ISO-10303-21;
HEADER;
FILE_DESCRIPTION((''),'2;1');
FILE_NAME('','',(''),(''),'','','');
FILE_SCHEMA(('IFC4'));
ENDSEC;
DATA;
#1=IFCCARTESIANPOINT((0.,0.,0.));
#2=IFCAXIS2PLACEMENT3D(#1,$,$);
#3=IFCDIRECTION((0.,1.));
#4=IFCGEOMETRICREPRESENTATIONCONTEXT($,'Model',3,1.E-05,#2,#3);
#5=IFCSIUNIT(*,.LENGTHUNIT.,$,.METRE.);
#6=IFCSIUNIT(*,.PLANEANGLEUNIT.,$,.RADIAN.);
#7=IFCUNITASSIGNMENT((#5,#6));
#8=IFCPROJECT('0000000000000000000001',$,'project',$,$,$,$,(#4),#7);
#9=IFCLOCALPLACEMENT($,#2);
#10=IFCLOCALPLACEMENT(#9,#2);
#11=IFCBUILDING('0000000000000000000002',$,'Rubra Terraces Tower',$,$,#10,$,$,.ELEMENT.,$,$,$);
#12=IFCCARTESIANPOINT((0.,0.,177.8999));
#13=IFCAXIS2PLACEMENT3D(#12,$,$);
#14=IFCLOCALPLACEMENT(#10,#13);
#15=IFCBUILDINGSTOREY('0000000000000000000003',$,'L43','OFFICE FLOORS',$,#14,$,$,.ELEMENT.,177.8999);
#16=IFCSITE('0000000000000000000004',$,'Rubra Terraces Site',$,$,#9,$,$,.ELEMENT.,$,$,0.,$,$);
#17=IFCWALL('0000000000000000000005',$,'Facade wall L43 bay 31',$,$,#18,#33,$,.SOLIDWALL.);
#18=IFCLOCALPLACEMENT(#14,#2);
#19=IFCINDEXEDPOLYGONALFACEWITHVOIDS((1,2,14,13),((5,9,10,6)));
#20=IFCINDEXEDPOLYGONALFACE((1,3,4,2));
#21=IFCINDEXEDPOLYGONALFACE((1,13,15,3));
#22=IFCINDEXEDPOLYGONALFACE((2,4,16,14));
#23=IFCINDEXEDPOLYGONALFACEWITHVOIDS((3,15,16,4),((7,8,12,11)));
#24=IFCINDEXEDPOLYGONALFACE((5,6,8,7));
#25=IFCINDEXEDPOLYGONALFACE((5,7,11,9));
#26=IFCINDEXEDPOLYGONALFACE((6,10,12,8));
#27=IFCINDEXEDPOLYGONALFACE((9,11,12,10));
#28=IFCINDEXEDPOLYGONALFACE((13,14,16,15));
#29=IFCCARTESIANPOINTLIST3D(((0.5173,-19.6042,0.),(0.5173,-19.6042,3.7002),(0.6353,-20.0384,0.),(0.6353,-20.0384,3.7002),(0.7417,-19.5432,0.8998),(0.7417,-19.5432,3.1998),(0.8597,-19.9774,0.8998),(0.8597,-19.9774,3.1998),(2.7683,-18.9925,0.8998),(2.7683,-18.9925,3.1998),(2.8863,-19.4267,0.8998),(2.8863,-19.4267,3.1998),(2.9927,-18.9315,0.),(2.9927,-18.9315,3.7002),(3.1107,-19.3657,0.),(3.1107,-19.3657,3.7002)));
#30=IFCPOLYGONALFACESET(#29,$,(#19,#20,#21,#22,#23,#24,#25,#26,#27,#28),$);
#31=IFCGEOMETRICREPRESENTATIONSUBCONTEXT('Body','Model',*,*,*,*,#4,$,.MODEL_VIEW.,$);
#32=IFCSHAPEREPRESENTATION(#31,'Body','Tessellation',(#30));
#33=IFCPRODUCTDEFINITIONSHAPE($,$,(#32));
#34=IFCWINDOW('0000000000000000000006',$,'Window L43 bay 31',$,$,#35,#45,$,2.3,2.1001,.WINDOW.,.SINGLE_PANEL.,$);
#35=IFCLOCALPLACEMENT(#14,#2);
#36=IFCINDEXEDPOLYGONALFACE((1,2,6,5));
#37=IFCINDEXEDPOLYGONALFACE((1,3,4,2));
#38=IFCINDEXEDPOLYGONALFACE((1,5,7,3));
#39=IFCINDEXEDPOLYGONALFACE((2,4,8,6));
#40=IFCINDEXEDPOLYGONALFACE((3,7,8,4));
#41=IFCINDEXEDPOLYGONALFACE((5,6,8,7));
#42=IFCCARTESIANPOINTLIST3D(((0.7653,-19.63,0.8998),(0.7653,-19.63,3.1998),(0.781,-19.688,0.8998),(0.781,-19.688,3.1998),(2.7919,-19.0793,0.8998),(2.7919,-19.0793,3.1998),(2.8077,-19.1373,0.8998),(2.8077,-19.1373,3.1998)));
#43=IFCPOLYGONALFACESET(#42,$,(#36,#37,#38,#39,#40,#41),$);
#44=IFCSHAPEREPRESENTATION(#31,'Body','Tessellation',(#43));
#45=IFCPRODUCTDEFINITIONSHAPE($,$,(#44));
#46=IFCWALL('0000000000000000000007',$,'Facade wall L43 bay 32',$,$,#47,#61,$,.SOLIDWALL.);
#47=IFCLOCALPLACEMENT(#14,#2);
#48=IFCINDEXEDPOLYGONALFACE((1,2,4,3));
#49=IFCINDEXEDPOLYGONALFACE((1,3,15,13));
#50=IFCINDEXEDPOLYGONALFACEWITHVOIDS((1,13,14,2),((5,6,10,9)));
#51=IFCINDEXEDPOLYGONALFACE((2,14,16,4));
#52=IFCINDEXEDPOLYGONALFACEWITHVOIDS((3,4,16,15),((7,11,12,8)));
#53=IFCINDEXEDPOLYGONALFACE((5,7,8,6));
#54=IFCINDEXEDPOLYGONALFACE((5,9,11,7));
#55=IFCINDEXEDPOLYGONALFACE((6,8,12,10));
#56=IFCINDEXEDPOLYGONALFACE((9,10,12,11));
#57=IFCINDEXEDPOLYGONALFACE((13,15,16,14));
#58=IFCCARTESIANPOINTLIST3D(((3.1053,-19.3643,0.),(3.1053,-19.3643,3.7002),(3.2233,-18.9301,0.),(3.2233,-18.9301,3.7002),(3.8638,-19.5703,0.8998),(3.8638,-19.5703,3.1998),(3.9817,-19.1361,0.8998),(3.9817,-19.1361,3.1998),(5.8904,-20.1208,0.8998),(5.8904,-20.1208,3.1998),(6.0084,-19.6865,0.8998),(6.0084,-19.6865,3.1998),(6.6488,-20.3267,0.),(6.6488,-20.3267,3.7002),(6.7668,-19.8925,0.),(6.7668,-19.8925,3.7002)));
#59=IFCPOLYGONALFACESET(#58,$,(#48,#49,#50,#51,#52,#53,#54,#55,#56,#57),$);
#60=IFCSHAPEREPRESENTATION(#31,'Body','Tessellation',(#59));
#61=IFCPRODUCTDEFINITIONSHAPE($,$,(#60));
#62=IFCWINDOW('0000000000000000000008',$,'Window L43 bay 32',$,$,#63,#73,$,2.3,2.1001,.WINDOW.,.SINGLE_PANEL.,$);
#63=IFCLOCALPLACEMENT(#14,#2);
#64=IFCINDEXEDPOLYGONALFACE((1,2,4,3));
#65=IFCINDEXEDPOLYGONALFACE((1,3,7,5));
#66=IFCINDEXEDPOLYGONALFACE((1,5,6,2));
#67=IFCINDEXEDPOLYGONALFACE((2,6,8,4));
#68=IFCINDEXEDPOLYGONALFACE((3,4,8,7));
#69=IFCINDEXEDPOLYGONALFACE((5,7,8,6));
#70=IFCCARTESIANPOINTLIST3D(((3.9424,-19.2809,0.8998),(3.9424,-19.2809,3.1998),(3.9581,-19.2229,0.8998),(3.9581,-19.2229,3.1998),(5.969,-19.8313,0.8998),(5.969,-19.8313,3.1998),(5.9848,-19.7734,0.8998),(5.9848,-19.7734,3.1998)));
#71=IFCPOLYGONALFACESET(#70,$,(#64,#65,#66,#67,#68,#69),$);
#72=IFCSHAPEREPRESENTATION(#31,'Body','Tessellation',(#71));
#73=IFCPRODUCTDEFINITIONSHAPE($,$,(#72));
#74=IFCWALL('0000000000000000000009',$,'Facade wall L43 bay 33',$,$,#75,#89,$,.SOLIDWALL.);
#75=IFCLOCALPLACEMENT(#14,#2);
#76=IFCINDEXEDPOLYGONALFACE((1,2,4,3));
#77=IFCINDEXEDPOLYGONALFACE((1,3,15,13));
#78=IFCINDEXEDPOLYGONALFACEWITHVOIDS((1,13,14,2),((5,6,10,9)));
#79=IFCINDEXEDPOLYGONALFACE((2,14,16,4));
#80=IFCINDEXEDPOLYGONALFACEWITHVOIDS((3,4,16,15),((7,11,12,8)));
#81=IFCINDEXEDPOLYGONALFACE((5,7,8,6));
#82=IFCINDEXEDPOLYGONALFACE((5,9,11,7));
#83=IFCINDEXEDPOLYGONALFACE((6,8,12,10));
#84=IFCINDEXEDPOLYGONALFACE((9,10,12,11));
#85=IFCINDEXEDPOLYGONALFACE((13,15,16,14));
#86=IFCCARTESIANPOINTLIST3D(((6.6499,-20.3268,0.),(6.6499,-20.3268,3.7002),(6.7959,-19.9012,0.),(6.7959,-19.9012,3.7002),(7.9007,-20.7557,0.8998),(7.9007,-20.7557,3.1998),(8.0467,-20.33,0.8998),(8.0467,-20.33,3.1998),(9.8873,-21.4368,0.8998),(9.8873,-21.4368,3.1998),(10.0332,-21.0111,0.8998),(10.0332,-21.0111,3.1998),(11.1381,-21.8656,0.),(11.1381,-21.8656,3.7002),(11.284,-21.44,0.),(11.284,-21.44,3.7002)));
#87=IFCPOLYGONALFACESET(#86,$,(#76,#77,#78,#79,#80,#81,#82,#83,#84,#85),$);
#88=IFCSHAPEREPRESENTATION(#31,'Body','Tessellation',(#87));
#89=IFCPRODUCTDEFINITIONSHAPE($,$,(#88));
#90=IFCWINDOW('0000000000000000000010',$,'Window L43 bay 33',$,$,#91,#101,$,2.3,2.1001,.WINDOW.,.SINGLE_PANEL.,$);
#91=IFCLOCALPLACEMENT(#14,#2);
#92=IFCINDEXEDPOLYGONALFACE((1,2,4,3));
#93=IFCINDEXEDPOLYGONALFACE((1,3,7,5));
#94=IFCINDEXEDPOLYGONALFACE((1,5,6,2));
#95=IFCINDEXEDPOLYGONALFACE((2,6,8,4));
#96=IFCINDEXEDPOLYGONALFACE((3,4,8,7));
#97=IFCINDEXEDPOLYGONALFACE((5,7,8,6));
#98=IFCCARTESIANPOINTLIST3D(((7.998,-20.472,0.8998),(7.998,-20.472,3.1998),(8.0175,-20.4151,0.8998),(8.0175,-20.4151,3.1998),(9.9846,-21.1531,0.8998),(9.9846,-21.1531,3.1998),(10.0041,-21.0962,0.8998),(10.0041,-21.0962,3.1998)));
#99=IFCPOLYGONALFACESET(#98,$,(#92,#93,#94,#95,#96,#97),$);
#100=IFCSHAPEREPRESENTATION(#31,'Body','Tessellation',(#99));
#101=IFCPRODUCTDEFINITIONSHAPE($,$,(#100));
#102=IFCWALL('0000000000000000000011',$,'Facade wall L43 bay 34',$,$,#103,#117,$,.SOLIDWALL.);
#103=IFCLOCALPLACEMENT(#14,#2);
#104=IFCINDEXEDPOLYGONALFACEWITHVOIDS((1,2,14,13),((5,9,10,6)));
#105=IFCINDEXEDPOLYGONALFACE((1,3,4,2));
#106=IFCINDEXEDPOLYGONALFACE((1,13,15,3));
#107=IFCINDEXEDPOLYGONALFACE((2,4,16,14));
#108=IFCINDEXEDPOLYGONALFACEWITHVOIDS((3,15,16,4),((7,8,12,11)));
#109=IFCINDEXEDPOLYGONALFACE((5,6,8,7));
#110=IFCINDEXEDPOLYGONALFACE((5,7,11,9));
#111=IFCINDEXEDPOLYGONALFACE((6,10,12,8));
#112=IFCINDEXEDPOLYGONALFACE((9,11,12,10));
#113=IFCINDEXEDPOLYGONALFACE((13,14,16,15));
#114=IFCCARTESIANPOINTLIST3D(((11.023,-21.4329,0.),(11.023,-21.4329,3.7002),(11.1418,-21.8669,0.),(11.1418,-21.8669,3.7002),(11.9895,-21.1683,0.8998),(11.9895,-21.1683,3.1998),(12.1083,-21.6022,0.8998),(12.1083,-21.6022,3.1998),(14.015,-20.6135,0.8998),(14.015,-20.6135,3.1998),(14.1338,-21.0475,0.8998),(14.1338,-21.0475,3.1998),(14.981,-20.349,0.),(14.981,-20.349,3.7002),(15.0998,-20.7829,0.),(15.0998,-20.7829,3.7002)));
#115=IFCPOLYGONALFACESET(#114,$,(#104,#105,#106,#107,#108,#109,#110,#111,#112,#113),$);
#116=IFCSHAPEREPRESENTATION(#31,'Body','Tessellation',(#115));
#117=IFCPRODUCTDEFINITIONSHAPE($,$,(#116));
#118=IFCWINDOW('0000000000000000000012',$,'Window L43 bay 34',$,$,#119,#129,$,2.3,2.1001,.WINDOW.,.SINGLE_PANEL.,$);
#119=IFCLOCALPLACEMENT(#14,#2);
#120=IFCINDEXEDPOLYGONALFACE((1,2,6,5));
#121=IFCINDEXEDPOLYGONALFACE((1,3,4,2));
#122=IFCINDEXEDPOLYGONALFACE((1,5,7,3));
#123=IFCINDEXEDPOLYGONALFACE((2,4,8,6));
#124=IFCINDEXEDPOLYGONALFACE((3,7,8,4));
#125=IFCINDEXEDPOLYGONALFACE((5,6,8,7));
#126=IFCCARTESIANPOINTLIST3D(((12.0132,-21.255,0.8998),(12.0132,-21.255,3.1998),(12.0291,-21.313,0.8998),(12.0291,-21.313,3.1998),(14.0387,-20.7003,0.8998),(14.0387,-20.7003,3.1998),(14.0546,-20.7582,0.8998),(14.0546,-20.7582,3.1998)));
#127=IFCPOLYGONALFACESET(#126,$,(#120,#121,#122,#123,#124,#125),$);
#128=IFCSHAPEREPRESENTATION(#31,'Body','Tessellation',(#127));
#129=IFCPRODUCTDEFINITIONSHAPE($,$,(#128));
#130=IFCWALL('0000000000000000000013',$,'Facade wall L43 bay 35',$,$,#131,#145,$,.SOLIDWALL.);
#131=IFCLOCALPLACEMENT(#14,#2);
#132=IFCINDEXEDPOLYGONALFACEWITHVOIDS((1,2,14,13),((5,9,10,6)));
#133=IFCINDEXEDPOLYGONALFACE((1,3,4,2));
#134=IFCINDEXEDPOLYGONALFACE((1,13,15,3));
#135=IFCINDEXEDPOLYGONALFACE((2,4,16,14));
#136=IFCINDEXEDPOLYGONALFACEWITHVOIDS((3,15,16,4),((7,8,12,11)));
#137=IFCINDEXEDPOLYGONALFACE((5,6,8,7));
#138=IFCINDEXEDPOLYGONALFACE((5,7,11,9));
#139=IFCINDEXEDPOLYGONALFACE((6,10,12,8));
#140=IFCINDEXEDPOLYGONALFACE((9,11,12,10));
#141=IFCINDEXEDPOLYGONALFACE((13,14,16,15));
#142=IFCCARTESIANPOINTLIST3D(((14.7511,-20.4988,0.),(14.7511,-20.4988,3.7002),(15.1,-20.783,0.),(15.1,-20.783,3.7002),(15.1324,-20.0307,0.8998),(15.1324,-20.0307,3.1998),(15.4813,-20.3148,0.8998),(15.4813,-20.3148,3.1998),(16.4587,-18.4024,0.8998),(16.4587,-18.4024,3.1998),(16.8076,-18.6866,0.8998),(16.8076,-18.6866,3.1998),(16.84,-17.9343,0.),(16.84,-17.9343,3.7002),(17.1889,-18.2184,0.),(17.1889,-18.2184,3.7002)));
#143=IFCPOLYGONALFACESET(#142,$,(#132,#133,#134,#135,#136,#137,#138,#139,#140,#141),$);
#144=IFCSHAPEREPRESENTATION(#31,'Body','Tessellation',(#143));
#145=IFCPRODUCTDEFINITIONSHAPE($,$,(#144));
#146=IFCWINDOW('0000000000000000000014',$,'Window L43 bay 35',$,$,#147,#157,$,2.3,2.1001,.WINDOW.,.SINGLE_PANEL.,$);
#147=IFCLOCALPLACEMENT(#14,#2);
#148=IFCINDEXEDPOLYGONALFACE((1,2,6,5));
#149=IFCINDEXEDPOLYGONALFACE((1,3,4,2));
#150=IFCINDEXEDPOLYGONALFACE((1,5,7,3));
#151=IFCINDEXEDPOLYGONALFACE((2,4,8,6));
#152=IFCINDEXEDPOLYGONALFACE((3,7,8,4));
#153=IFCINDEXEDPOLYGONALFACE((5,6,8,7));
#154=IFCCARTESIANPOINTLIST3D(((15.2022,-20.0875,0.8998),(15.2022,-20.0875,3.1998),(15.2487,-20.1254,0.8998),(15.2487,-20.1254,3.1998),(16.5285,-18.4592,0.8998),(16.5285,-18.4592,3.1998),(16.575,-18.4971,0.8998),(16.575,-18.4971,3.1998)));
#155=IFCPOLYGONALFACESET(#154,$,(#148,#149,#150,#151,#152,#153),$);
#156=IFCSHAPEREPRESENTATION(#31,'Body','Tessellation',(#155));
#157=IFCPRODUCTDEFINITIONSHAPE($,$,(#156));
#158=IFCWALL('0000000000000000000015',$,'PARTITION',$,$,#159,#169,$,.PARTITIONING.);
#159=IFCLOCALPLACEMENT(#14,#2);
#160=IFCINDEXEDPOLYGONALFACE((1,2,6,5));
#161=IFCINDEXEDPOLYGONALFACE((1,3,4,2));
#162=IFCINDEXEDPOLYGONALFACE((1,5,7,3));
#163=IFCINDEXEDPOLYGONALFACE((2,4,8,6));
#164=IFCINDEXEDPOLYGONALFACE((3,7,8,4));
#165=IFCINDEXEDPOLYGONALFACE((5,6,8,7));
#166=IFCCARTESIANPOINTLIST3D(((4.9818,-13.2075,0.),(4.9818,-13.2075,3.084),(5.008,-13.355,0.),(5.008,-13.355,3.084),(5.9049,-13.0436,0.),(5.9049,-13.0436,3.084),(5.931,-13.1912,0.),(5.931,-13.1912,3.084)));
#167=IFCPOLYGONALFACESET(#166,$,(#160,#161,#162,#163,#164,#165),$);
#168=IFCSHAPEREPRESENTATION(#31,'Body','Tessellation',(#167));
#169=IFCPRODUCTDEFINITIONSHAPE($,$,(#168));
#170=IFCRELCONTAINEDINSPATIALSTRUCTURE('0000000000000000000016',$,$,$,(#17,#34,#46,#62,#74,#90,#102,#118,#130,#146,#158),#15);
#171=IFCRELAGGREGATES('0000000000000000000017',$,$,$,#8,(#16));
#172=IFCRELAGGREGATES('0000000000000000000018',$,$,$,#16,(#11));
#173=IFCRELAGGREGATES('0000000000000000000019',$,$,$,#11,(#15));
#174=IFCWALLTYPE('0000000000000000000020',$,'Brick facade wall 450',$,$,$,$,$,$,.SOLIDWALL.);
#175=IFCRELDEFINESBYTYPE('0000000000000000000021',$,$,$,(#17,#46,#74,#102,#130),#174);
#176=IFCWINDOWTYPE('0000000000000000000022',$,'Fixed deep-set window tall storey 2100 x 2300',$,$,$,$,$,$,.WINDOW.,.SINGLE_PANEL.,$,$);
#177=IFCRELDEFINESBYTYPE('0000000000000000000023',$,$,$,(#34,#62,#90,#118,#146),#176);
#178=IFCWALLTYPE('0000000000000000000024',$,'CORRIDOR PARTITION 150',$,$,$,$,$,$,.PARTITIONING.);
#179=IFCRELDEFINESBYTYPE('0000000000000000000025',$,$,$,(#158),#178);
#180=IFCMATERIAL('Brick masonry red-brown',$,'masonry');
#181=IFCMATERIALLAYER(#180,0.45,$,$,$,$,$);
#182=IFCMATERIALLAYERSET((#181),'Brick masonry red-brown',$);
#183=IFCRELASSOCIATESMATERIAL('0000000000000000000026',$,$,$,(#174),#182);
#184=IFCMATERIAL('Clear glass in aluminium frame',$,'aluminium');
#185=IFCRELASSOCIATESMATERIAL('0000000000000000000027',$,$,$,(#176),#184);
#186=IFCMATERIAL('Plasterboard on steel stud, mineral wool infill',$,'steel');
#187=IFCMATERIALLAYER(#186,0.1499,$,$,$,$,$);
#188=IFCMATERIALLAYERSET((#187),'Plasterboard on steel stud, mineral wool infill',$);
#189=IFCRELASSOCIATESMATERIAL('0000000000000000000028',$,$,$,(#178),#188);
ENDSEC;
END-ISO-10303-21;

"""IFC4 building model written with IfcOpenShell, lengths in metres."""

from ifc_helpers import new_model, si_unit, direction, frame, frame_2d, origin, place, context, subcontext, project, spatial, rectangle, extrude, material, layer, layer_set, type_object, element, fill, save


model = new_model("IFC4")

# Units and contexts
model_context = context("Model", 3, precision=1e-05, world=origin(), true_north=direction((0.0, 1.0)))
body_context = subcontext(model_context, "Body", "Model", "MODEL_VIEW")
ifc_project = project(units=[si_unit("LENGTHUNIT", "METRE"), si_unit("PLANEANGLEUNIT", "RADIAN")], contexts=[model_context])

# Site, building, storey
site_placement = place(None, origin())
site = spatial("IfcSite", under=ifc_project, at=site_placement, Name="Rubra Terraces Site", CompositionType="ELEMENT", RefElevation=0.0)
building_placement = place(site_placement, origin())
building = spatial("IfcBuilding", under=site, at=building_placement, Name="Rubra Terraces Tower", CompositionType="ELEMENT")
storey_placement = place(building_placement, frame((0.0, 0.0, 177.8999)))
storey = spatial("IfcBuildingStorey", under=building, at=storey_placement, Name="L43", Description="OFFICE FLOORS", CompositionType="ELEMENT", Elevation=177.8999)

# Walls, openings, windows
ifc_material_1 = material(Name="Brick masonry red-brown", Category="masonry")
ifc_layer_1 = layer(ifc_material_1, 0.45)
ifc_layer_set_1 = layer_set([ifc_layer_1], Name="Brick masonry red-brown")
wall_type_1 = type_object("IfcWallType", Name="Brick facade wall 450", PredefinedType="SOLIDWALL", material=ifc_layer_set_1)
wall_1_placement = place(storey_placement, frame((0.5762, -19.8213, 0.0), z_axis=(0.0, 0.0, 1.0), x_axis=(0.965009, 0.262215, 0.0)))
wall_1 = element("IfcWall", 1, at=wall_1_placement, inside=storey, type_object=wall_type_1, Name="Facade wall L43 bay 31", PredefinedType="SOLIDWALL", context=body_context, shape_type="SweptSolid", body=[
    extrude(rectangle(XDim=2.5652, YDim=0.45, at=frame_2d((1.2827, 0.0))), origin(), (0.0, 0.0, 1.0), 3.7002),
])
opening_1_placement = place(wall_1_placement, frame((0.2327, 0.0, 0.8999)))
opening_1 = element("IfcOpeningElement", 2, at=opening_1_placement, cuts=wall_1, PredefinedType="OPENING", context=body_context, shape_type="SweptSolid", body=[
    extrude(rectangle(XDim=2.1001, YDim=2.3, at=frame_2d((1.05, 1.1499))), frame((0.0, 0.2349, 0.0), z_axis=(0.0, -1.0, 0.0), x_axis=(1.0, 0.0, 0.0)), (0.0, 0.0, 1.0), 0.47),
])
ifc_material_2 = material(Name="Clear glass in aluminium frame", Category="aluminium")
window_type = type_object("IfcWindowType", Name="Fixed deep-set window tall storey 2100 x 2300", PartitioningType="SINGLE_PANEL", PredefinedType="WINDOW", material=ifc_material_2)
window_1_placement = place(opening_1_placement, origin())
window_1 = element("IfcWindow", 3, at=window_1_placement, inside=storey, type_object=window_type, Name="Window L43 bay 31", OverallHeight=2.3, OverallWidth=2.1001, PartitioningType="SINGLE_PANEL", PredefinedType="WINDOW", context=body_context, shape_type="SweptSolid", body=[
    extrude(rectangle(XDim=2.1001, YDim=2.3, at=frame_2d((1.05, 1.1499))), frame((0.0, 0.135, 0.0), z_axis=(0.0, -1.0, 0.0), x_axis=(1.0, 0.0, 0.0)), (0.0, 0.0, 1.0), 0.0601),
])
fill(opening_1, window_1)
wall_2_placement = place(storey_placement, frame((3.1643, -19.1472, 0.0), z_axis=(0.0, 0.0, 1.0), x_axis=(0.965039, -0.262105, 0.0)))
wall_2 = element("IfcWall", 4, at=wall_2_placement, inside=storey, type_object=wall_type_1, Name="Facade wall L43 bay 32", PredefinedType="SOLIDWALL", context=body_context, shape_type="SweptSolid", body=[
    extrude(rectangle(XDim=3.6719, YDim=0.45, at=frame_2d((1.8359, 0.0))), origin(), (0.0, 0.0, 1.0), 3.7002),
])
opening_2_placement = place(wall_2_placement, frame((0.7859, 0.0, 0.8999)))
opening_2 = element("IfcOpeningElement", 5, at=opening_2_placement, cuts=wall_2, PredefinedType="OPENING", context=body_context, shape_type="SweptSolid", body=[
    extrude(rectangle(XDim=2.1001, YDim=2.3, at=frame_2d((1.05, 1.1499))), frame((0.0, 0.2349, 0.0), z_axis=(0.0, -1.0, 0.0), x_axis=(1.0, 0.0, 0.0)), (0.0, 0.0, 1.0), 0.47),
])
window_2_placement = place(opening_2_placement, origin())
window_2 = element("IfcWindow", 6, at=window_2_placement, inside=storey, type_object=window_type, Name="Window L43 bay 32", OverallHeight=2.3, OverallWidth=2.1001, PartitioningType="SINGLE_PANEL", PredefinedType="WINDOW", context=body_context, shape_type="SweptSolid", body=[
    extrude(rectangle(XDim=2.1001, YDim=2.3, at=frame_2d((1.05, 1.1499))), frame((0.0, 0.135, 0.0), z_axis=(0.0, -1.0, 0.0), x_axis=(1.0, 0.0, 0.0)), (0.0, 0.0, 1.0), 0.0601),
])
fill(opening_2, window_2)
wall_3_placement = place(storey_placement, frame((6.7229, -20.114, 0.0), z_axis=(0.0, 0.0, 1.0), x_axis=(0.945947, -0.32432, 0.0)))
wall_3 = element("IfcWall", 7, at=wall_3_placement, inside=storey, type_object=wall_type_1, Name="Facade wall L43 bay 33", PredefinedType="SOLIDWALL", context=body_context, shape_type="SweptSolid", body=[
    extrude(rectangle(XDim=4.7446, YDim=0.45, at=frame_2d((2.3723, 0.0))), origin(), (0.0, 0.0, 1.0), 3.7002),
])
opening_3_placement = place(wall_3_placement, frame((1.3223, 0.0, 0.8999)))
opening_3 = element("IfcOpeningElement", 8, at=opening_3_placement, cuts=wall_3, PredefinedType="OPENING", context=body_context, shape_type="SweptSolid", body=[
    extrude(rectangle(XDim=2.1001, YDim=2.3, at=frame_2d((1.05, 1.1499))), frame((0.0, 0.2349, 0.0), z_axis=(0.0, -1.0, 0.0), x_axis=(1.0, 0.0, 0.0)), (0.0, 0.0, 1.0), 0.47),
])
window_3_placement = place(opening_3_placement, origin())
window_3 = element("IfcWindow", 9, at=window_3_placement, inside=storey, type_object=window_type, Name="Window L43 bay 33", OverallHeight=2.3, OverallWidth=2.1001, PartitioningType="SINGLE_PANEL", PredefinedType="WINDOW", context=body_context, shape_type="SweptSolid", body=[
    extrude(rectangle(XDim=2.1001, YDim=2.3, at=frame_2d((1.05, 1.1499))), frame((0.0, 0.135, 0.0), z_axis=(0.0, -1.0, 0.0), x_axis=(1.0, 0.0, 0.0)), (0.0, 0.0, 1.0), 0.0601),
])
fill(opening_3, window_3)
wall_4_placement = place(storey_placement, frame((11.0825, -21.6499, 0.0), z_axis=(0.0, 0.0, 1.0), x_axis=(0.964483, 0.264144, 0.0)))
wall_4 = element("IfcWall", 10, at=wall_4_placement, inside=storey, type_object=wall_type_1, Name="Facade wall L43 bay 34", PredefinedType="SOLIDWALL", context=body_context, shape_type="SweptSolid", body=[
    extrude(rectangle(XDim=4.1038, YDim=0.45, at=frame_2d((2.0518, 0.0))), origin(), (0.0, 0.0, 1.0), 3.7002),
])
opening_4_placement = place(wall_4_placement, frame((1.002, 0.0, 0.8999)))
opening_4 = element("IfcOpeningElement", 11, at=opening_4_placement, cuts=wall_4, PredefinedType="OPENING", context=body_context, shape_type="SweptSolid", body=[
    extrude(rectangle(XDim=2.1001, YDim=2.3, at=frame_2d((1.05, 1.1499))), frame((0.0, 0.2349, 0.0), z_axis=(0.0, -1.0, 0.0), x_axis=(1.0, 0.0, 0.0)), (0.0, 0.0, 1.0), 0.47),
])
window_4_placement = place(opening_4_placement, origin())
window_4 = element("IfcWindow", 12, at=window_4_placement, inside=storey, type_object=window_type, Name="Window L43 bay 34", OverallHeight=2.3, OverallWidth=2.1001, PartitioningType="SINGLE_PANEL", PredefinedType="WINDOW", context=body_context, shape_type="SweptSolid", body=[
    extrude(rectangle(XDim=2.1001, YDim=2.3, at=frame_2d((1.05, 1.1499))), frame((0.0, 0.135, 0.0), z_axis=(0.0, -1.0, 0.0), x_axis=(1.0, 0.0, 0.0)), (0.0, 0.0, 1.0), 0.0601),
])
fill(opening_4, window_4)
wall_5_placement = place(storey_placement, frame((14.9255, -20.6409, 0.0), z_axis=(0.0, 0.0, 1.0), x_axis=(0.631548, 0.775337, 0.0)))
wall_5 = element("IfcWall", 13, at=wall_5_placement, inside=storey, type_object=wall_type_1, Name="Facade wall L43 bay 35", PredefinedType="SOLIDWALL", context=body_context, shape_type="SweptSolid", body=[
    extrude(rectangle(XDim=3.3076, YDim=0.45, at=frame_2d((1.6538, 0.0))), origin(), (0.0, 0.0, 1.0), 3.7002),
])
opening_5_placement = place(wall_5_placement, frame((0.6038, 0.0, 0.8999)))
opening_5 = element("IfcOpeningElement", 14, at=opening_5_placement, cuts=wall_5, PredefinedType="OPENING", context=body_context, shape_type="SweptSolid", body=[
    extrude(rectangle(XDim=2.1001, YDim=2.3, at=frame_2d((1.05, 1.1499))), frame((0.0, 0.2349, 0.0), z_axis=(0.0, -1.0, 0.0), x_axis=(1.0, 0.0, 0.0)), (0.0, 0.0, 1.0), 0.47),
])
window_5_placement = place(opening_5_placement, origin())
window_5 = element("IfcWindow", 15, at=window_5_placement, inside=storey, type_object=window_type, Name="Window L43 bay 35", OverallHeight=2.3, OverallWidth=2.1001, PartitioningType="SINGLE_PANEL", PredefinedType="WINDOW", context=body_context, shape_type="SweptSolid", body=[
    extrude(rectangle(XDim=2.1001, YDim=2.3, at=frame_2d((1.05, 1.1499))), frame((0.0, 0.135, 0.0), z_axis=(0.0, -1.0, 0.0), x_axis=(1.0, 0.0, 0.0)), (0.0, 0.0, 1.0), 0.0601),
])
fill(opening_5, window_5)

# Wall
ifc_material_3 = material(Name="Plasterboard on steel stud, mineral wool infill", Category="steel")
ifc_layer_2 = layer(ifc_material_3, 0.1499)
ifc_layer_set_2 = layer_set([ifc_layer_2], Name="Plasterboard on steel stud, mineral wool infill")
wall_type_2 = type_object("IfcWallType", Name="CORRIDOR PARTITION 150", PredefinedType="PARTITIONING", material=ifc_layer_set_2)
wall_6_placement = place(storey_placement, frame((4.9949, -13.2812, 0.0), z_axis=(0.0, 0.0, 1.0), x_axis=(0.984615, 0.174736, 0.0)))
element("IfcWall", 16, at=wall_6_placement, inside=storey, type_object=wall_type_2, Name="PARTITION", PredefinedType="PARTITIONING", context=body_context, shape_type="SweptSolid", body=[
    extrude(rectangle(XDim=0.9375, YDim=0.1499, at=frame_2d((0.4688, 0.0))), origin(), (0.0, 0.0, 1.0), 3.084),
])

save(model, "model.ifc")
